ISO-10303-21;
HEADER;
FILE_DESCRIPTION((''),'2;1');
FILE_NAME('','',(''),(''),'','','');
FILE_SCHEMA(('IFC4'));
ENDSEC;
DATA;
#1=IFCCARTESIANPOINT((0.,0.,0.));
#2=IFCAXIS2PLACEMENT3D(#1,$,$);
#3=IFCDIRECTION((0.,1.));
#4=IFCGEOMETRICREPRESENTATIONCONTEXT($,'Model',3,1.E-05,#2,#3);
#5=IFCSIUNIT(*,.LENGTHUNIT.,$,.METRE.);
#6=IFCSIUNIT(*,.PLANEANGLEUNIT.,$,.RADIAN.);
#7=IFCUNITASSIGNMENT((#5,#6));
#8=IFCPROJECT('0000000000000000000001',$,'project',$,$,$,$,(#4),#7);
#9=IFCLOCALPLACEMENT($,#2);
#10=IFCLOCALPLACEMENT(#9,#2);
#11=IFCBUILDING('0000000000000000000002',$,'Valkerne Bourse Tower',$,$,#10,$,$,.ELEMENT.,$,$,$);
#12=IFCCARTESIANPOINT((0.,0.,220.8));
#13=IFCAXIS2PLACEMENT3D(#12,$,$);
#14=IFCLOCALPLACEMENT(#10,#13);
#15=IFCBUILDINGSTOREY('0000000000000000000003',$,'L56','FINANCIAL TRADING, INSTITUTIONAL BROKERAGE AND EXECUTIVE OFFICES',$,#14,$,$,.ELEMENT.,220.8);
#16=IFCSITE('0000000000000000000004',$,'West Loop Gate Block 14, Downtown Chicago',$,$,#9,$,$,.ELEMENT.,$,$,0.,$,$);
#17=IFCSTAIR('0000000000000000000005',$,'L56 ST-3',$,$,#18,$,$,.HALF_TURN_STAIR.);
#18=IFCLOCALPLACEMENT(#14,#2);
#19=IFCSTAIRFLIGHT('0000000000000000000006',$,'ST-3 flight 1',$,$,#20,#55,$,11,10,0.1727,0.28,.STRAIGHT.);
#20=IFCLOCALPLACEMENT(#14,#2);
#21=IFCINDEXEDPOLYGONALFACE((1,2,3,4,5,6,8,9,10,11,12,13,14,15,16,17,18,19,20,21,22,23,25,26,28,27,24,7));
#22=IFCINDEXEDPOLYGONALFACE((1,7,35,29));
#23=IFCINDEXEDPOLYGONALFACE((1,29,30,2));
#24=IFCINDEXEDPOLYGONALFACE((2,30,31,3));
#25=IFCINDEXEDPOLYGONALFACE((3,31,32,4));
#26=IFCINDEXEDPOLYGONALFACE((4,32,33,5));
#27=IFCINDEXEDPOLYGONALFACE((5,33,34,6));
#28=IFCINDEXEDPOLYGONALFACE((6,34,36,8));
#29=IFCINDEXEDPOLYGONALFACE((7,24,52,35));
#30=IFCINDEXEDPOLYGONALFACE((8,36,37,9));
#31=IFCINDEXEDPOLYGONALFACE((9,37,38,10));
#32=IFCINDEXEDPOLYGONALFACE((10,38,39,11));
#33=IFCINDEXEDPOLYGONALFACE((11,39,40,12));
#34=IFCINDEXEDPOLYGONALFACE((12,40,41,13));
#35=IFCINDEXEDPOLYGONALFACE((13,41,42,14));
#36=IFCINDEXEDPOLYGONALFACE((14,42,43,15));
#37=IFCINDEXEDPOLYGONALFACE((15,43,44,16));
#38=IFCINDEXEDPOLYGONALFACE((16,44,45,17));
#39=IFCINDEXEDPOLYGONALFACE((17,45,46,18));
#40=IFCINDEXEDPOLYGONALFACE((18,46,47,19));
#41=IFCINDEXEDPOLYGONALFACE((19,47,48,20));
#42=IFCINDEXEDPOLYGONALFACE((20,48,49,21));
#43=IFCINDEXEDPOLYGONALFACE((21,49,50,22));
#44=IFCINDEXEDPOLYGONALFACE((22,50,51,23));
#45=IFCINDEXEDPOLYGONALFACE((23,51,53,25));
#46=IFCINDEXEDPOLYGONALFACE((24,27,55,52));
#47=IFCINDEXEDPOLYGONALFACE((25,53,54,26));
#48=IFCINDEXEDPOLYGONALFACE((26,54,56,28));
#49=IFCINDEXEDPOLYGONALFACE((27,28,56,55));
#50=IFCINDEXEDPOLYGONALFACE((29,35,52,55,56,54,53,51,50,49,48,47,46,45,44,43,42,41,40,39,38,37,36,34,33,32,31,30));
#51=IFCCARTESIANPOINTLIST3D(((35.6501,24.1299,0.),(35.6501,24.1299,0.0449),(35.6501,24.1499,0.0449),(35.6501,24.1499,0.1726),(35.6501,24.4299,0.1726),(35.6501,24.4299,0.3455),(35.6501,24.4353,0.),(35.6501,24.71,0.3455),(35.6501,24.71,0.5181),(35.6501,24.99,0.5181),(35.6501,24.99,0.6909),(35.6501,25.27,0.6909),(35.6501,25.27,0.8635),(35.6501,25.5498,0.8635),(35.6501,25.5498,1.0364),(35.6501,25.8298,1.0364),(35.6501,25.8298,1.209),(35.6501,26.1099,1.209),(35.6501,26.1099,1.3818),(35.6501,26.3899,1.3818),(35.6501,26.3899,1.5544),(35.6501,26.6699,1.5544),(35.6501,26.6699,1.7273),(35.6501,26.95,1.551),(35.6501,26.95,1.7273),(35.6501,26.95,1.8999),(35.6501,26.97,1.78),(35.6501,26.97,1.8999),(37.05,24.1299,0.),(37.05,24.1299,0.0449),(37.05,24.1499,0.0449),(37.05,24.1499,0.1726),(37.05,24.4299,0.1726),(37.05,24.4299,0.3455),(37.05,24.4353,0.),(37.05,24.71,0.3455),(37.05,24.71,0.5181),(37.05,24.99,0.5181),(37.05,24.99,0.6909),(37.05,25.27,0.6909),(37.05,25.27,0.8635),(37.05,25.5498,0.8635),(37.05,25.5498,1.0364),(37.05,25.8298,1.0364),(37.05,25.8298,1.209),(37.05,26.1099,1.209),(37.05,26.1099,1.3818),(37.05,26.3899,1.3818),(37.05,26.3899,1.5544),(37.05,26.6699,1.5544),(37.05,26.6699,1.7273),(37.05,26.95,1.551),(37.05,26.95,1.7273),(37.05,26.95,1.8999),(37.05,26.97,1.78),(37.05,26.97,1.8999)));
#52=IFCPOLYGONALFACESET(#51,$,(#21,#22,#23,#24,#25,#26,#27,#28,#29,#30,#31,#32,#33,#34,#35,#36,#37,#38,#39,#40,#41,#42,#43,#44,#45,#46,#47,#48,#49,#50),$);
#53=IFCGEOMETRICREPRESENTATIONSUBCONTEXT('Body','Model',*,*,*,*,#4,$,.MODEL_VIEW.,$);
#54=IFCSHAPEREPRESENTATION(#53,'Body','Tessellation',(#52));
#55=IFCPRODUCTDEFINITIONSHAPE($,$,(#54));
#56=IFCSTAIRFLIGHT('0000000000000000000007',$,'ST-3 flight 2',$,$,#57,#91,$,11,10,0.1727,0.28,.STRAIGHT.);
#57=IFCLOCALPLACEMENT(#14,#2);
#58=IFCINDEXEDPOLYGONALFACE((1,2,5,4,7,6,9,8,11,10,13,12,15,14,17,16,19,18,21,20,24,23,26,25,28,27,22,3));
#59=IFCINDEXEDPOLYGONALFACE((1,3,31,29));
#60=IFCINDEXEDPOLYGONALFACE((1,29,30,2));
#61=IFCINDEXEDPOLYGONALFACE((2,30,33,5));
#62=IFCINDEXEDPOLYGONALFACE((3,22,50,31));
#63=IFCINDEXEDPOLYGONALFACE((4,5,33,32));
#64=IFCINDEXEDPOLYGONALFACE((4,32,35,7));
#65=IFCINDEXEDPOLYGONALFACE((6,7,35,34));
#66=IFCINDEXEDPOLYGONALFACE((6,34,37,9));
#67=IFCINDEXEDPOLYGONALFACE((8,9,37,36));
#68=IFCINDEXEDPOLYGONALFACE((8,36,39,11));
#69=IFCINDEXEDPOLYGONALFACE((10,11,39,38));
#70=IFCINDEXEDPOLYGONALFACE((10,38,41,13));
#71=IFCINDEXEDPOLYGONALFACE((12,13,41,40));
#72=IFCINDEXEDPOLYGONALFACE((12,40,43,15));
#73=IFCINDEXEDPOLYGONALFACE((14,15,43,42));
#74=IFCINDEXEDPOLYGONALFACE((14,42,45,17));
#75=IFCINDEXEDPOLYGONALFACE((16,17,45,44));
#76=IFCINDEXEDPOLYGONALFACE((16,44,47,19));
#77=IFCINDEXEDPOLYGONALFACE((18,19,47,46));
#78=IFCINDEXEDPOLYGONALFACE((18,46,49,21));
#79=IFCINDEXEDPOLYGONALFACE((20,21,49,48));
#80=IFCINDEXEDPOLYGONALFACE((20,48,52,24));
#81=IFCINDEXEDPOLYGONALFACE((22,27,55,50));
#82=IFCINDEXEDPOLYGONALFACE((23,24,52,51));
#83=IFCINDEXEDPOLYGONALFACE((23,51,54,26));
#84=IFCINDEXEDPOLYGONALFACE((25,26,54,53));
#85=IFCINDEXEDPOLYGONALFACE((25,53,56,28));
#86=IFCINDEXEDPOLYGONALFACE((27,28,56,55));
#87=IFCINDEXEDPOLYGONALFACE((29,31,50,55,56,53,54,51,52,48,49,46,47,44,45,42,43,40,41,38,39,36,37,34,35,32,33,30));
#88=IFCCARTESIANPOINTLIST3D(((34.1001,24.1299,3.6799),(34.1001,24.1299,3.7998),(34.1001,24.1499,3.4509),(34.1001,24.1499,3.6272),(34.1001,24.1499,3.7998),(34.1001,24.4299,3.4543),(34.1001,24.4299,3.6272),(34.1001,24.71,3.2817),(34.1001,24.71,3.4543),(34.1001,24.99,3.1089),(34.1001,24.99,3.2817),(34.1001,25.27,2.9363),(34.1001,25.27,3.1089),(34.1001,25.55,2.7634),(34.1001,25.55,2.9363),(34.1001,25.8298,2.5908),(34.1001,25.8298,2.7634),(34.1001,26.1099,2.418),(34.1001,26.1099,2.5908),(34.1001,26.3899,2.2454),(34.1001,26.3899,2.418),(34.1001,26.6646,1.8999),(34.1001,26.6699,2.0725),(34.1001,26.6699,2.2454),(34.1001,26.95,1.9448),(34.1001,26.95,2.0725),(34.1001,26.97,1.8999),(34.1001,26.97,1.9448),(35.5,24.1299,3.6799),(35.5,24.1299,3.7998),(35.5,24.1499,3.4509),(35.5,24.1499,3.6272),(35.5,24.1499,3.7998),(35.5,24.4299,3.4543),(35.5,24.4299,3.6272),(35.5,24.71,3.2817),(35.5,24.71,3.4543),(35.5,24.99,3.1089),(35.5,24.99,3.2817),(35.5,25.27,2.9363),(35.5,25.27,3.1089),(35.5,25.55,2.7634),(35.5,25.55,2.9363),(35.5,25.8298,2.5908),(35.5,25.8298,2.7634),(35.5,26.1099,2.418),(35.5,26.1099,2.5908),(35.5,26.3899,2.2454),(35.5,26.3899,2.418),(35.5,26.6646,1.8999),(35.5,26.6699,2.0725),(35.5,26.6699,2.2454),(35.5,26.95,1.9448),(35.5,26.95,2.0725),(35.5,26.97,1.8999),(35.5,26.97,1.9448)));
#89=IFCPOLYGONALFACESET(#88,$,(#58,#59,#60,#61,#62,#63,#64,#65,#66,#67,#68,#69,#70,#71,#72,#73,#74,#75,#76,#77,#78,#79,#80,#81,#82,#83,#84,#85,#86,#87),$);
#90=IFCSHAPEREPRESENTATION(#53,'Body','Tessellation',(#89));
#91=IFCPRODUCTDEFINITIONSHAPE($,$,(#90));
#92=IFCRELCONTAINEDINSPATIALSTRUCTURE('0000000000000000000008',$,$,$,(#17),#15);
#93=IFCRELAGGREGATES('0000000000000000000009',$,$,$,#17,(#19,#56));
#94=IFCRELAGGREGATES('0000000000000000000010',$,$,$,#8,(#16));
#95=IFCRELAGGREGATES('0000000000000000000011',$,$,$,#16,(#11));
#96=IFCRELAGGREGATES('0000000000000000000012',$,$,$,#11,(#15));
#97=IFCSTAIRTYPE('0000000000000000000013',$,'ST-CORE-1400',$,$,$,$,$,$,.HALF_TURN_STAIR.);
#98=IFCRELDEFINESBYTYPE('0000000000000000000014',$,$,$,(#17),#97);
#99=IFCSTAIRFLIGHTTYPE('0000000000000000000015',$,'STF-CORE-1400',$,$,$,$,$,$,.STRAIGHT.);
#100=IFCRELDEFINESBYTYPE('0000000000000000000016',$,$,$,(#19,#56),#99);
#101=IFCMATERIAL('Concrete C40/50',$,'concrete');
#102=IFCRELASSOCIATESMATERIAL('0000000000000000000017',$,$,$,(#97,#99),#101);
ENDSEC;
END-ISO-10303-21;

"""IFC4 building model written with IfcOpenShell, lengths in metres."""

from ifc_helpers import new_model, si_unit, direction, frame, origin, place, context, subcontext, project, spatial, polyline, outline, extrude, material, type_object, element, aggregate, save


model = new_model("IFC4")

# Units and contexts
model_context = context("Model", 3, precision=1e-05, world=origin(), true_north=direction((0.0, 1.0)))
body_context = subcontext(model_context, "Body", "Model", "MODEL_VIEW")
ifc_project = project(units=[si_unit("LENGTHUNIT", "METRE"), si_unit("PLANEANGLEUNIT", "RADIAN")], contexts=[model_context])

# Site, building, storey
site_placement = place(None, origin())
site = spatial("IfcSite", under=ifc_project, at=site_placement, Name="West Loop Gate Block 14, Downtown Chicago", CompositionType="ELEMENT", RefElevation=0.0)
building_placement = place(site_placement, origin())
building = spatial("IfcBuilding", under=site, at=building_placement, Name="Valkerne Bourse Tower", CompositionType="ELEMENT")
storey_placement = place(building_placement, frame((0.0, 0.0, 220.8)))
storey = spatial("IfcBuildingStorey", under=building, at=storey_placement, Name="L56", Description="FINANCIAL TRADING, INSTITUTIONAL BROKERAGE AND EXECUTIVE OFFICES", CompositionType="ELEMENT", Elevation=220.8)

# Shared definitions
ifc_material_1 = material(Name="Concrete C40/50", Category="concrete")

# Stair, stair flights
stair_type = type_object("IfcStairType", Name="ST-CORE-1400", PredefinedType="HALF_TURN_STAIR", material=ifc_material_1)
stair_placement = place(storey_placement, origin())
stair = element("IfcStair", 1, at=stair_placement, inside=storey, type_object=stair_type, Name="L56 ST-3", PredefinedType="HALF_TURN_STAIR")
stair_flight_type = type_object("IfcStairFlightType", Name="STF-CORE-1400", PredefinedType="STRAIGHT", material=ifc_material_1)
stair_flight_1_placement = place(storey_placement, frame((36.3501, 24.1499, 0.0), z_axis=(0.0, 0.0, 1.0), x_axis=(0.0, 1.0, 0.0)))
stair_flight_1 = element("IfcStairFlight", 2, at=stair_flight_1_placement, type_object=stair_flight_type, Name="ST-3 flight 1", NumberOfRisers=11, NumberOfTreads=10, PredefinedType="STRAIGHT", RiserHeight=0.1727, TreadLength=0.28, context=body_context, shape_type="SweptSolid", body=[
    extrude(outline(polyline([(-0.02, 0.0), (-0.02, 0.0449), (0.0, 0.0449), (0.0, 0.1726), (0.28, 0.1726), (0.28, 0.3455), (0.5601, 0.3455), (0.5601, 0.5181), (0.8401, 0.5181), (0.8401, 0.6909), (1.1201, 0.6909), (1.1201, 0.8635), (1.3999, 0.8635), (1.3999, 1.0364), (1.6799, 1.0364), (1.6799, 1.209), (1.96, 1.209), (1.96, 1.3818), (2.24, 1.3818), (2.24, 1.5544), (2.52, 1.5544), (2.52, 1.7273), (2.8, 1.7273), (2.8, 1.8999), (2.8201, 1.8999), (2.8201, 1.78), (2.8, 1.551), (0.2854, 0.0), (-0.02, 0.0)])), frame((0.0, 0.7, 0.0), z_axis=(0.0, -1.0, 0.0), x_axis=(1.0, 0.0, 0.0)), (0.0, 0.0, 1.0), 1.3999),
])
stair_flight_2_placement = place(storey_placement, frame((34.8, 26.95, 1.8999), z_axis=(0.0, 0.0, 1.0), x_axis=(0.0, -1.0, 0.0)))
stair_flight_2 = element("IfcStairFlight", 3, at=stair_flight_2_placement, type_object=stair_flight_type, Name="ST-3 flight 2", NumberOfRisers=11, NumberOfTreads=10, PredefinedType="STRAIGHT", RiserHeight=0.1727, TreadLength=0.28, context=body_context, shape_type="SweptSolid", body=[
    extrude(outline(polyline([(-0.02, 0.0), (-0.02, 0.0449), (0.0, 0.0449), (0.0, 0.1726), (0.28, 0.1726), (0.28, 0.3455), (0.5601, 0.3455), (0.5601, 0.5181), (0.8401, 0.5181), (0.8401, 0.6909), (1.1201, 0.6909), (1.1201, 0.8635), (1.3999, 0.8635), (1.3999, 1.0364), (1.6799, 1.0364), (1.6799, 1.209), (1.96, 1.209), (1.96, 1.3818), (2.24, 1.3818), (2.24, 1.5544), (2.52, 1.5544), (2.52, 1.7273), (2.8, 1.7273), (2.8, 1.8999), (2.8201, 1.8999), (2.8201, 1.78), (2.8, 1.551), (0.2854, 0.0), (-0.02, 0.0)])), frame((0.0, 0.7, 0.0), z_axis=(0.0, -1.0, 0.0), x_axis=(1.0, 0.0, 0.0)), (0.0, 0.0, 1.0), 1.3999),
])
aggregate(stair, [stair_flight_1, stair_flight_2])

save(model, "model.ifc")
